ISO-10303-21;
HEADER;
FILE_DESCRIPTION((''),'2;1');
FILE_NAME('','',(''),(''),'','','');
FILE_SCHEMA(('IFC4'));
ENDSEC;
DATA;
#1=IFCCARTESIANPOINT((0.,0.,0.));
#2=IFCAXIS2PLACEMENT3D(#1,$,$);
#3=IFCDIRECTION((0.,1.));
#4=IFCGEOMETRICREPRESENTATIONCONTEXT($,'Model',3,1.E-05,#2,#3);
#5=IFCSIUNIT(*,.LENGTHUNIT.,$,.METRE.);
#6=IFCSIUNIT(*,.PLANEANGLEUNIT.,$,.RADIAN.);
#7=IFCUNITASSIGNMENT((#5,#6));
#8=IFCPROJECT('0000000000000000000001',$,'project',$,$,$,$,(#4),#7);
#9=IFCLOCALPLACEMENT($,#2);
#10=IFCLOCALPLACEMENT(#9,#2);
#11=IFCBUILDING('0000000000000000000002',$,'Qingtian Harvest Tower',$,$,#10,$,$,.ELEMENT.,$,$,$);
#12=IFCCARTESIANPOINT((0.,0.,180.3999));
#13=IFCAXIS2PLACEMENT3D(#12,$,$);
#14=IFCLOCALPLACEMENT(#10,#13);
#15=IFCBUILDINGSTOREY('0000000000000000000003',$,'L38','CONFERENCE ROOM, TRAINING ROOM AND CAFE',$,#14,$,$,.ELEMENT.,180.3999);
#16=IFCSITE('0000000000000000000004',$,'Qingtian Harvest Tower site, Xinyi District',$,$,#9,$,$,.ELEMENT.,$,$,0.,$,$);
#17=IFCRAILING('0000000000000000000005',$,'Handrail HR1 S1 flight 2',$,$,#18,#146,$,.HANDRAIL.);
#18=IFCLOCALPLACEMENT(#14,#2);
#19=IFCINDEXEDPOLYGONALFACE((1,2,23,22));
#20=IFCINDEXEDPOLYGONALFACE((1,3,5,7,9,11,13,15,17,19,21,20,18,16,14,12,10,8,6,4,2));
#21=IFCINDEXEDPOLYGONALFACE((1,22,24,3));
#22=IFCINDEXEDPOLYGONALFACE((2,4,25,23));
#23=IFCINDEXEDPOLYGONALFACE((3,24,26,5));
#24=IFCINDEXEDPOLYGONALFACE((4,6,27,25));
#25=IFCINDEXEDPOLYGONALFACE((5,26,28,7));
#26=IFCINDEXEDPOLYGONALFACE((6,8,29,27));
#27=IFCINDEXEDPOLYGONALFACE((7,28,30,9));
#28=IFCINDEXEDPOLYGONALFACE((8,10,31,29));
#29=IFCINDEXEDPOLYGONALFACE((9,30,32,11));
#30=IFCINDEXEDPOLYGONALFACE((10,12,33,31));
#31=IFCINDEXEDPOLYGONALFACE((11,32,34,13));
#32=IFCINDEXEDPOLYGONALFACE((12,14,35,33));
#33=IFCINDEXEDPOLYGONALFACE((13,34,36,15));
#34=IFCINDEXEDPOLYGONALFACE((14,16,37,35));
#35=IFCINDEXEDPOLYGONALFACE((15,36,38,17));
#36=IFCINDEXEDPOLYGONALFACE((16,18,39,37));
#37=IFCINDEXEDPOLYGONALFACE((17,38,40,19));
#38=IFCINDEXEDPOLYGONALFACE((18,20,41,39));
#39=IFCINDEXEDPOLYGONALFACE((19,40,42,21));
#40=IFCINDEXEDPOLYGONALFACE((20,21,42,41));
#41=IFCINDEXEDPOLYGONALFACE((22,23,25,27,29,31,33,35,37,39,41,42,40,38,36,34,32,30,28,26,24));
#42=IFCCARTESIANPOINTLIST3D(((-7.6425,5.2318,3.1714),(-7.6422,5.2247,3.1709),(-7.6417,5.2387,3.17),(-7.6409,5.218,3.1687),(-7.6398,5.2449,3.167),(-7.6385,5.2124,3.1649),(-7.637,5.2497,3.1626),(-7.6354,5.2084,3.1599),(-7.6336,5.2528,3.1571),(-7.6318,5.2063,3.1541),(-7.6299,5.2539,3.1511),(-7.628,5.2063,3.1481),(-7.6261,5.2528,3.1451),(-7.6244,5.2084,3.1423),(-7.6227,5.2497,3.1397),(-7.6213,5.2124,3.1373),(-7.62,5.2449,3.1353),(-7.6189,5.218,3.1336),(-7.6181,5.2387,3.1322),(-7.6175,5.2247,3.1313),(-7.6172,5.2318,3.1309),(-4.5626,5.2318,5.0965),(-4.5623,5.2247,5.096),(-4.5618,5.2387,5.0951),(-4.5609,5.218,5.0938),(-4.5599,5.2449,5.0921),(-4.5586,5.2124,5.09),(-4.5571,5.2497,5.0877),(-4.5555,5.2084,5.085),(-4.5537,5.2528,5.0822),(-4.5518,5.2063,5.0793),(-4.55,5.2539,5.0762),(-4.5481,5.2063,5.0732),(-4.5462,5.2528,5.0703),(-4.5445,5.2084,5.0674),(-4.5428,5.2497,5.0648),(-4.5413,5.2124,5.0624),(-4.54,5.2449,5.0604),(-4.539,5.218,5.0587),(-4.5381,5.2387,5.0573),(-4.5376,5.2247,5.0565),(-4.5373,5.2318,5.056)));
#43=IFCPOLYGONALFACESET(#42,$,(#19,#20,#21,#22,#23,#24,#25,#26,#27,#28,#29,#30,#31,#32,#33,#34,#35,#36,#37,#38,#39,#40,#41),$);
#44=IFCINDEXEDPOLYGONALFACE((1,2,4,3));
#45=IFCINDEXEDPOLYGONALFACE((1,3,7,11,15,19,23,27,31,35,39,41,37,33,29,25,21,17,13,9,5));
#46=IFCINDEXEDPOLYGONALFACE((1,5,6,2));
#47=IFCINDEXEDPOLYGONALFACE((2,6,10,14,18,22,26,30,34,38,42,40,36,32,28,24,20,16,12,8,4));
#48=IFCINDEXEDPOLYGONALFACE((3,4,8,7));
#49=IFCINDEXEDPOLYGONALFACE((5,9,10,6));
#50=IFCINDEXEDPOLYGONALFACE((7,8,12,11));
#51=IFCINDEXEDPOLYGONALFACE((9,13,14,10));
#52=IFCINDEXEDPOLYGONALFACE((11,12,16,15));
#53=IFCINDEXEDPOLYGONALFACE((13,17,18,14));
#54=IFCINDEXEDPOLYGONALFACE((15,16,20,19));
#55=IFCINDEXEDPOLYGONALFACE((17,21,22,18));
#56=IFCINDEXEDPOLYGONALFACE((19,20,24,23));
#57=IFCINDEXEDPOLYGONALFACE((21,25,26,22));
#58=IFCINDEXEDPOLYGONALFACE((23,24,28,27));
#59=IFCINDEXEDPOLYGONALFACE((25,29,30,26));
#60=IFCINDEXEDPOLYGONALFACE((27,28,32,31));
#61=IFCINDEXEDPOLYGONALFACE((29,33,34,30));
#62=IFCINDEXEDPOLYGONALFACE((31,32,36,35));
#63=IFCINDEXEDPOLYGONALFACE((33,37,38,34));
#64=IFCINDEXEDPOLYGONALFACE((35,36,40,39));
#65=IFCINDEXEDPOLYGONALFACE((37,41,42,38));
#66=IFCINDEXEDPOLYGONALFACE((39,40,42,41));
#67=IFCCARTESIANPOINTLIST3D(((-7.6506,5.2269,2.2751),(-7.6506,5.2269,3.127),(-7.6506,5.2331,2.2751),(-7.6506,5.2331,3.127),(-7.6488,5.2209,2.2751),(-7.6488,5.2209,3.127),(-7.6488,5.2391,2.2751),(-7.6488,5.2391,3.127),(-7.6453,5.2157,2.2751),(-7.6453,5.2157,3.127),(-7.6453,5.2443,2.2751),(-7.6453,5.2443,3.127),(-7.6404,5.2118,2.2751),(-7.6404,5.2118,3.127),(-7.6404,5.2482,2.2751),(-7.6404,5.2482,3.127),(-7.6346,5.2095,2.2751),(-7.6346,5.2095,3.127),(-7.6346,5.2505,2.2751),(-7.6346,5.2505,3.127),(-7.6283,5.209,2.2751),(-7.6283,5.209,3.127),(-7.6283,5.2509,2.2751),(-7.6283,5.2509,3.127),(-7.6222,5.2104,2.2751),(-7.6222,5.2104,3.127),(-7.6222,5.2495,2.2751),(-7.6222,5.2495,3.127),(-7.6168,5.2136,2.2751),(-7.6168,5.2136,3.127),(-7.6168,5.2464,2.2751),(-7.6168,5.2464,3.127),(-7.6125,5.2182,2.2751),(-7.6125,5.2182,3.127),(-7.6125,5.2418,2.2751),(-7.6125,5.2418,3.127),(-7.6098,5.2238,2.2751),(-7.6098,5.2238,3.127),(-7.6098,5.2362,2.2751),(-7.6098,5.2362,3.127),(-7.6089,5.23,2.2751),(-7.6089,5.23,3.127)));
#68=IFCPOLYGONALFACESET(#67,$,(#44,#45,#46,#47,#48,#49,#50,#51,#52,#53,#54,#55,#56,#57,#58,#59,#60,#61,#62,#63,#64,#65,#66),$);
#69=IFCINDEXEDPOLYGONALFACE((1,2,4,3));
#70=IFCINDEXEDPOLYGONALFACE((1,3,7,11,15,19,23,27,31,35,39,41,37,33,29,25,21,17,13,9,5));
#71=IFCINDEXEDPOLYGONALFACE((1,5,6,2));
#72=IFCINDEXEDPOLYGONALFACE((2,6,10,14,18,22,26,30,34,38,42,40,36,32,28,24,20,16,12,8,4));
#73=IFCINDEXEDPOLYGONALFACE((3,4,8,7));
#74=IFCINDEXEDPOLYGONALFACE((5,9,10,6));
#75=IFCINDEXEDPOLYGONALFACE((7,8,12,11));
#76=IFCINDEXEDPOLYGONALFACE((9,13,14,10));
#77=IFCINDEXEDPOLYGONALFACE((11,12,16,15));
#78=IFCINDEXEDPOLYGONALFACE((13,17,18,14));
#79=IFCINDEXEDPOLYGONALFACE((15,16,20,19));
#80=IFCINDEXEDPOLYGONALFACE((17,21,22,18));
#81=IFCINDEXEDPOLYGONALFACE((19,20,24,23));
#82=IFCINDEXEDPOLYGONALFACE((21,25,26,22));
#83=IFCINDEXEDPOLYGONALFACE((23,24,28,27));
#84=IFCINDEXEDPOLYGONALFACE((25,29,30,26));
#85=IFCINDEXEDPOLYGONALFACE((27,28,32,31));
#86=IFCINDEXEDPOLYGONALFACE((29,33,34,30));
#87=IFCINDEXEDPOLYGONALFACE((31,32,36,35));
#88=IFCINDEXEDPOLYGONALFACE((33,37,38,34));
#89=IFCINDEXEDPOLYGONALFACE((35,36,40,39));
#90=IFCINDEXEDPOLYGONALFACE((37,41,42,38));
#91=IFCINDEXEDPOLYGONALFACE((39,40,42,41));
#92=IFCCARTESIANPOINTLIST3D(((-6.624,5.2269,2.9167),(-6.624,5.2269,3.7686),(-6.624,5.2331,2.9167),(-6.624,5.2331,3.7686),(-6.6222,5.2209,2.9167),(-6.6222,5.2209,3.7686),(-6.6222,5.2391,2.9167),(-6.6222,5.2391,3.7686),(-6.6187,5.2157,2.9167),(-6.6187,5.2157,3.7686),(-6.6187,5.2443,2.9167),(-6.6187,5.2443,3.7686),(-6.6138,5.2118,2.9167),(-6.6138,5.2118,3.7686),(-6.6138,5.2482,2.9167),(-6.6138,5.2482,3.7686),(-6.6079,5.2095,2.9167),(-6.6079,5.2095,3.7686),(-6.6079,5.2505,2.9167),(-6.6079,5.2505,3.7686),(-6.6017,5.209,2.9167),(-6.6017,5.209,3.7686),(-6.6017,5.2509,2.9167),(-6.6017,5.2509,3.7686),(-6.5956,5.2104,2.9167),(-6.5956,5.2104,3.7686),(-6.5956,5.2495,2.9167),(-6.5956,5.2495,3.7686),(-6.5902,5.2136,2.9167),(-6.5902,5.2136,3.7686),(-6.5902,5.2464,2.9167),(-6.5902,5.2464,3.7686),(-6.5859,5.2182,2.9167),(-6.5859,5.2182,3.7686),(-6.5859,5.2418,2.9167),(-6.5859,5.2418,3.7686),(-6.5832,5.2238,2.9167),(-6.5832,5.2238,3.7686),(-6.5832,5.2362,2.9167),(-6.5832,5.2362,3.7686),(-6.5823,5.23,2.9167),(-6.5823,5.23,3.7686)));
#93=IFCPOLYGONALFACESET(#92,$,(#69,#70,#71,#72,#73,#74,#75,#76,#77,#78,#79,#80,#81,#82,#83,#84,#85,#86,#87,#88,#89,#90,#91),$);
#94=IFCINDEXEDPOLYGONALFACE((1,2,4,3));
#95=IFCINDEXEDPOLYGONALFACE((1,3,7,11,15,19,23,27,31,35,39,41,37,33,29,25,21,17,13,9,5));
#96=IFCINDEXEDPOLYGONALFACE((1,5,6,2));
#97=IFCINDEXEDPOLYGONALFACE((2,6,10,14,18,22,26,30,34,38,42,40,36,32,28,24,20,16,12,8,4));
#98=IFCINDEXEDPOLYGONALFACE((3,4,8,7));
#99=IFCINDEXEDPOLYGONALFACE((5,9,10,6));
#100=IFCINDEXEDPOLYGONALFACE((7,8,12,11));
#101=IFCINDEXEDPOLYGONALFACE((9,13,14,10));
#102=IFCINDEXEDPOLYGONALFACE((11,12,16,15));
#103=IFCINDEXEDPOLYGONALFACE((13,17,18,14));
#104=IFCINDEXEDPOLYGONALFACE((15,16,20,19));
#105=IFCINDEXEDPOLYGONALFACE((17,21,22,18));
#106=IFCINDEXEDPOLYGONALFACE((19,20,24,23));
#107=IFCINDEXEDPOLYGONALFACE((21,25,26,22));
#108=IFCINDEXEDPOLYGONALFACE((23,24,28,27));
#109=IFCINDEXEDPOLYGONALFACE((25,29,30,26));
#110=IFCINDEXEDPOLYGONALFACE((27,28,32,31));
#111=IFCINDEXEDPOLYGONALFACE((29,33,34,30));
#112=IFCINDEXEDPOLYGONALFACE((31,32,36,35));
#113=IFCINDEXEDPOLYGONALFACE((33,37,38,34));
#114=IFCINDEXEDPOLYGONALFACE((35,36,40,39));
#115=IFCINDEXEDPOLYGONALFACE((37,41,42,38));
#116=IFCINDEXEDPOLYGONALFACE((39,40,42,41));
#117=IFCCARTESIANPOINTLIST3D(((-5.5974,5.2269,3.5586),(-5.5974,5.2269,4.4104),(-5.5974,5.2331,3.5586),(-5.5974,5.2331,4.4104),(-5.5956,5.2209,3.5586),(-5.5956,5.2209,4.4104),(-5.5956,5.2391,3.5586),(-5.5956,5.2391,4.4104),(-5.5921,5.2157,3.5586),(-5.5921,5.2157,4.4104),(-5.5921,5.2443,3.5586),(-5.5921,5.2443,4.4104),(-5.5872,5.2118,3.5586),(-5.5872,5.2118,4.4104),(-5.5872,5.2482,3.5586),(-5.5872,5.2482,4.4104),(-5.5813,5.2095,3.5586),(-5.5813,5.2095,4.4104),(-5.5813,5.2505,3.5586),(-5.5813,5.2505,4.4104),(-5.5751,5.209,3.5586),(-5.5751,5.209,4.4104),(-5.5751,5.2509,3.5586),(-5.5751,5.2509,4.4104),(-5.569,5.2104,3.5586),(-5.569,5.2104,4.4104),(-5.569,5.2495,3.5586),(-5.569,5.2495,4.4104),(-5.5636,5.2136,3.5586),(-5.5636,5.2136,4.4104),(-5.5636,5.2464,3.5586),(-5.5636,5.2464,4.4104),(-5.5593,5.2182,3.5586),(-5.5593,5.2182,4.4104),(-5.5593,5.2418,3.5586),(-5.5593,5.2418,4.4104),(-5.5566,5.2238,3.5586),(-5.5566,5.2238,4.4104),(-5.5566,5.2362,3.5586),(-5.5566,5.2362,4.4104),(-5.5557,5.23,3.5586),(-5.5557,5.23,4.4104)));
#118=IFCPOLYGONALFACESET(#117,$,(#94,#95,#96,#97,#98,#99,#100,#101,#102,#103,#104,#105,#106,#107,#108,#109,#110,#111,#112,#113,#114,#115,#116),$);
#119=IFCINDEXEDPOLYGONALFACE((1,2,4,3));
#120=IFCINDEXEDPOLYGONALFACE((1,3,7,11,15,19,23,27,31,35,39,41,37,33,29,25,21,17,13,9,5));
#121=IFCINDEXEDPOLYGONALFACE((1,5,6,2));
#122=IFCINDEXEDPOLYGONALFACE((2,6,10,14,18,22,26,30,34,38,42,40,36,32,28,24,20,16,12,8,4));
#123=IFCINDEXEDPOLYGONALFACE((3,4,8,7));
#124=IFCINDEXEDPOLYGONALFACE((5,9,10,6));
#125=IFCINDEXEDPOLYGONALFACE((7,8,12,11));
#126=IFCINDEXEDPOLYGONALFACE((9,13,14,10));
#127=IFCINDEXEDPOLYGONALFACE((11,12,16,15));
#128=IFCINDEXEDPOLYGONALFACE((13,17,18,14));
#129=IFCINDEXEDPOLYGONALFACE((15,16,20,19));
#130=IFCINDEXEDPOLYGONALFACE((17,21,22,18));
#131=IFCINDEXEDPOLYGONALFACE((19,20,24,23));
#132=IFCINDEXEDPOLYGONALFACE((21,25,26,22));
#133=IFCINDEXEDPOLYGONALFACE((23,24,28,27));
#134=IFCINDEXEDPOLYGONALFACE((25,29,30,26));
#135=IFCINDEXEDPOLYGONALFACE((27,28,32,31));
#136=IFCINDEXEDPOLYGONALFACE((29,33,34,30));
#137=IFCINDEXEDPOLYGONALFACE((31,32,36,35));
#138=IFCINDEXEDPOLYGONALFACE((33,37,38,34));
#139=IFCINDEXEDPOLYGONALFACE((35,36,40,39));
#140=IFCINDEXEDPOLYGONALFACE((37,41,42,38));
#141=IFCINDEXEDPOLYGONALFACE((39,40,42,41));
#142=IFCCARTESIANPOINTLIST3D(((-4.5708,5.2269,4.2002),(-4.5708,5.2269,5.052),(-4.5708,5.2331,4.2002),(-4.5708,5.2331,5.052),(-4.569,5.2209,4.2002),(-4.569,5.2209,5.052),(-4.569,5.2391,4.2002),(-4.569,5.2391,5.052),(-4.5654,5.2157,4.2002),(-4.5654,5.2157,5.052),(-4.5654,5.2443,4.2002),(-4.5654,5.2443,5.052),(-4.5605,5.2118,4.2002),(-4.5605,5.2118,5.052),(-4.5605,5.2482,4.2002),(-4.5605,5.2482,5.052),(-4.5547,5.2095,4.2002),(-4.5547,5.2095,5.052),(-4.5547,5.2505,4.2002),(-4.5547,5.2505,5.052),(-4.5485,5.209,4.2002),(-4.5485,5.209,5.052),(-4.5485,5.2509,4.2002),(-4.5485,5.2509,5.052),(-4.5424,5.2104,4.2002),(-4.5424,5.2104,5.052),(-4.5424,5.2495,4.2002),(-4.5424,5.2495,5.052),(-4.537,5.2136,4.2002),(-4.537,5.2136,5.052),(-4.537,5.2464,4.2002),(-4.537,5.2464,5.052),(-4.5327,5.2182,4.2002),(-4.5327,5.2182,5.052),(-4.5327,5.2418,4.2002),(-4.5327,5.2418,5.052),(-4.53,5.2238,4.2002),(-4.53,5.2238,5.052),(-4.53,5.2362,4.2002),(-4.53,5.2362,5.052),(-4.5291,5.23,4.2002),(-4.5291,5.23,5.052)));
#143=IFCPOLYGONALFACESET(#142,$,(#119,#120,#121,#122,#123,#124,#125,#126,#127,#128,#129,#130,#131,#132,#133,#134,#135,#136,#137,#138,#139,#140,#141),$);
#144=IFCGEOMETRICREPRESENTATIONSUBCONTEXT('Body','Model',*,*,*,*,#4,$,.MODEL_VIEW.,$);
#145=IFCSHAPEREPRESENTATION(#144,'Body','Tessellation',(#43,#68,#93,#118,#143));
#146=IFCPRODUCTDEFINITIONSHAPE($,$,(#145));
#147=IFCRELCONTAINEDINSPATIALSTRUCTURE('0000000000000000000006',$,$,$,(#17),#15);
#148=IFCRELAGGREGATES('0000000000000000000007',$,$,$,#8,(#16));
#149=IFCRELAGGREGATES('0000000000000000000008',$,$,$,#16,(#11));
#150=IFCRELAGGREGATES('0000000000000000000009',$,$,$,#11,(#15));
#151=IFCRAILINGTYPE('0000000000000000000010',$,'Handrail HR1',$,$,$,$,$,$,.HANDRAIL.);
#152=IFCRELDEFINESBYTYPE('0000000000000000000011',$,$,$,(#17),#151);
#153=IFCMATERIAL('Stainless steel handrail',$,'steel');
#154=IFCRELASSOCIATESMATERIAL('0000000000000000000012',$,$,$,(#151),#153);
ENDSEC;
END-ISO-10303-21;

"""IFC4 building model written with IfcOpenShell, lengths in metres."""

from ifc_helpers import new_model, si_unit, direction, frame, origin, origin_2d, place, context, subcontext, project, spatial, circle, extrude, material, type_object, element, save


model = new_model("IFC4")

# Units and contexts
model_context = context("Model", 3, precision=1e-05, world=origin(), true_north=direction((0.0, 1.0)))
body_context = subcontext(model_context, "Body", "Model", "MODEL_VIEW")
ifc_project = project(units=[si_unit("LENGTHUNIT", "METRE"), si_unit("PLANEANGLEUNIT", "RADIAN")], contexts=[model_context])

# Site, building, storey
site_placement = place(None, origin())
site = spatial("IfcSite", under=ifc_project, at=site_placement, Name="Qingtian Harvest Tower site, Xinyi District", CompositionType="ELEMENT", RefElevation=0.0)
building_placement = place(site_placement, origin())
building = spatial("IfcBuilding", under=site, at=building_placement, Name="Qingtian Harvest Tower", CompositionType="ELEMENT")
storey_placement = place(building_placement, frame((0.0, 0.0, 180.3999)))
storey = spatial("IfcBuildingStorey", under=building, at=storey_placement, Name="L38", Description="CONFERENCE ROOM, TRAINING ROOM AND CAFE", CompositionType="ELEMENT", Elevation=180.3999)

# Railing
ifc_material_1 = material(Name="Stainless steel handrail", Category="steel")
railing_type = type_object("IfcRailingType", Name="Handrail HR1", PredefinedType="HANDRAIL", material=ifc_material_1)
railing_1_placement = place(storey_placement, frame((-7.6299, 5.23, 2.2751)))
element("IfcRailing", 1, at=railing_1_placement, inside=storey, type_object=railing_type, Name="Handrail HR1 S1 flight 2", PredefinedType="HANDRAIL", context=body_context, shape_type="SweptSolid", body=[
    extrude(circle(Radius=0.0239, at=origin_2d()), frame((0.0, 0.0, 0.876), z_axis=(0.847979, 0.0, 0.530029), x_axis=(0.0, 1.0, 0.0)), (0.0, 0.0, 1.0), 3.6321),
    extrude(circle(Radius=0.021, at=origin_2d()), origin(), (0.0, 0.0, 1.0), 0.8518),
    extrude(circle(Radius=0.021, at=origin_2d()), frame((1.0266, 0.0, 0.6416)), (0.0, 0.0, 1.0), 0.8518),
    extrude(circle(Radius=0.021, at=origin_2d()), frame((2.0532, 0.0, 1.2834)), (0.0, 0.0, 1.0), 0.8518),
    extrude(circle(Radius=0.021, at=origin_2d()), frame((3.0798, 0.0, 1.925)), (0.0, 0.0, 1.0), 0.8518),
])

save(model, "model.ifc")
